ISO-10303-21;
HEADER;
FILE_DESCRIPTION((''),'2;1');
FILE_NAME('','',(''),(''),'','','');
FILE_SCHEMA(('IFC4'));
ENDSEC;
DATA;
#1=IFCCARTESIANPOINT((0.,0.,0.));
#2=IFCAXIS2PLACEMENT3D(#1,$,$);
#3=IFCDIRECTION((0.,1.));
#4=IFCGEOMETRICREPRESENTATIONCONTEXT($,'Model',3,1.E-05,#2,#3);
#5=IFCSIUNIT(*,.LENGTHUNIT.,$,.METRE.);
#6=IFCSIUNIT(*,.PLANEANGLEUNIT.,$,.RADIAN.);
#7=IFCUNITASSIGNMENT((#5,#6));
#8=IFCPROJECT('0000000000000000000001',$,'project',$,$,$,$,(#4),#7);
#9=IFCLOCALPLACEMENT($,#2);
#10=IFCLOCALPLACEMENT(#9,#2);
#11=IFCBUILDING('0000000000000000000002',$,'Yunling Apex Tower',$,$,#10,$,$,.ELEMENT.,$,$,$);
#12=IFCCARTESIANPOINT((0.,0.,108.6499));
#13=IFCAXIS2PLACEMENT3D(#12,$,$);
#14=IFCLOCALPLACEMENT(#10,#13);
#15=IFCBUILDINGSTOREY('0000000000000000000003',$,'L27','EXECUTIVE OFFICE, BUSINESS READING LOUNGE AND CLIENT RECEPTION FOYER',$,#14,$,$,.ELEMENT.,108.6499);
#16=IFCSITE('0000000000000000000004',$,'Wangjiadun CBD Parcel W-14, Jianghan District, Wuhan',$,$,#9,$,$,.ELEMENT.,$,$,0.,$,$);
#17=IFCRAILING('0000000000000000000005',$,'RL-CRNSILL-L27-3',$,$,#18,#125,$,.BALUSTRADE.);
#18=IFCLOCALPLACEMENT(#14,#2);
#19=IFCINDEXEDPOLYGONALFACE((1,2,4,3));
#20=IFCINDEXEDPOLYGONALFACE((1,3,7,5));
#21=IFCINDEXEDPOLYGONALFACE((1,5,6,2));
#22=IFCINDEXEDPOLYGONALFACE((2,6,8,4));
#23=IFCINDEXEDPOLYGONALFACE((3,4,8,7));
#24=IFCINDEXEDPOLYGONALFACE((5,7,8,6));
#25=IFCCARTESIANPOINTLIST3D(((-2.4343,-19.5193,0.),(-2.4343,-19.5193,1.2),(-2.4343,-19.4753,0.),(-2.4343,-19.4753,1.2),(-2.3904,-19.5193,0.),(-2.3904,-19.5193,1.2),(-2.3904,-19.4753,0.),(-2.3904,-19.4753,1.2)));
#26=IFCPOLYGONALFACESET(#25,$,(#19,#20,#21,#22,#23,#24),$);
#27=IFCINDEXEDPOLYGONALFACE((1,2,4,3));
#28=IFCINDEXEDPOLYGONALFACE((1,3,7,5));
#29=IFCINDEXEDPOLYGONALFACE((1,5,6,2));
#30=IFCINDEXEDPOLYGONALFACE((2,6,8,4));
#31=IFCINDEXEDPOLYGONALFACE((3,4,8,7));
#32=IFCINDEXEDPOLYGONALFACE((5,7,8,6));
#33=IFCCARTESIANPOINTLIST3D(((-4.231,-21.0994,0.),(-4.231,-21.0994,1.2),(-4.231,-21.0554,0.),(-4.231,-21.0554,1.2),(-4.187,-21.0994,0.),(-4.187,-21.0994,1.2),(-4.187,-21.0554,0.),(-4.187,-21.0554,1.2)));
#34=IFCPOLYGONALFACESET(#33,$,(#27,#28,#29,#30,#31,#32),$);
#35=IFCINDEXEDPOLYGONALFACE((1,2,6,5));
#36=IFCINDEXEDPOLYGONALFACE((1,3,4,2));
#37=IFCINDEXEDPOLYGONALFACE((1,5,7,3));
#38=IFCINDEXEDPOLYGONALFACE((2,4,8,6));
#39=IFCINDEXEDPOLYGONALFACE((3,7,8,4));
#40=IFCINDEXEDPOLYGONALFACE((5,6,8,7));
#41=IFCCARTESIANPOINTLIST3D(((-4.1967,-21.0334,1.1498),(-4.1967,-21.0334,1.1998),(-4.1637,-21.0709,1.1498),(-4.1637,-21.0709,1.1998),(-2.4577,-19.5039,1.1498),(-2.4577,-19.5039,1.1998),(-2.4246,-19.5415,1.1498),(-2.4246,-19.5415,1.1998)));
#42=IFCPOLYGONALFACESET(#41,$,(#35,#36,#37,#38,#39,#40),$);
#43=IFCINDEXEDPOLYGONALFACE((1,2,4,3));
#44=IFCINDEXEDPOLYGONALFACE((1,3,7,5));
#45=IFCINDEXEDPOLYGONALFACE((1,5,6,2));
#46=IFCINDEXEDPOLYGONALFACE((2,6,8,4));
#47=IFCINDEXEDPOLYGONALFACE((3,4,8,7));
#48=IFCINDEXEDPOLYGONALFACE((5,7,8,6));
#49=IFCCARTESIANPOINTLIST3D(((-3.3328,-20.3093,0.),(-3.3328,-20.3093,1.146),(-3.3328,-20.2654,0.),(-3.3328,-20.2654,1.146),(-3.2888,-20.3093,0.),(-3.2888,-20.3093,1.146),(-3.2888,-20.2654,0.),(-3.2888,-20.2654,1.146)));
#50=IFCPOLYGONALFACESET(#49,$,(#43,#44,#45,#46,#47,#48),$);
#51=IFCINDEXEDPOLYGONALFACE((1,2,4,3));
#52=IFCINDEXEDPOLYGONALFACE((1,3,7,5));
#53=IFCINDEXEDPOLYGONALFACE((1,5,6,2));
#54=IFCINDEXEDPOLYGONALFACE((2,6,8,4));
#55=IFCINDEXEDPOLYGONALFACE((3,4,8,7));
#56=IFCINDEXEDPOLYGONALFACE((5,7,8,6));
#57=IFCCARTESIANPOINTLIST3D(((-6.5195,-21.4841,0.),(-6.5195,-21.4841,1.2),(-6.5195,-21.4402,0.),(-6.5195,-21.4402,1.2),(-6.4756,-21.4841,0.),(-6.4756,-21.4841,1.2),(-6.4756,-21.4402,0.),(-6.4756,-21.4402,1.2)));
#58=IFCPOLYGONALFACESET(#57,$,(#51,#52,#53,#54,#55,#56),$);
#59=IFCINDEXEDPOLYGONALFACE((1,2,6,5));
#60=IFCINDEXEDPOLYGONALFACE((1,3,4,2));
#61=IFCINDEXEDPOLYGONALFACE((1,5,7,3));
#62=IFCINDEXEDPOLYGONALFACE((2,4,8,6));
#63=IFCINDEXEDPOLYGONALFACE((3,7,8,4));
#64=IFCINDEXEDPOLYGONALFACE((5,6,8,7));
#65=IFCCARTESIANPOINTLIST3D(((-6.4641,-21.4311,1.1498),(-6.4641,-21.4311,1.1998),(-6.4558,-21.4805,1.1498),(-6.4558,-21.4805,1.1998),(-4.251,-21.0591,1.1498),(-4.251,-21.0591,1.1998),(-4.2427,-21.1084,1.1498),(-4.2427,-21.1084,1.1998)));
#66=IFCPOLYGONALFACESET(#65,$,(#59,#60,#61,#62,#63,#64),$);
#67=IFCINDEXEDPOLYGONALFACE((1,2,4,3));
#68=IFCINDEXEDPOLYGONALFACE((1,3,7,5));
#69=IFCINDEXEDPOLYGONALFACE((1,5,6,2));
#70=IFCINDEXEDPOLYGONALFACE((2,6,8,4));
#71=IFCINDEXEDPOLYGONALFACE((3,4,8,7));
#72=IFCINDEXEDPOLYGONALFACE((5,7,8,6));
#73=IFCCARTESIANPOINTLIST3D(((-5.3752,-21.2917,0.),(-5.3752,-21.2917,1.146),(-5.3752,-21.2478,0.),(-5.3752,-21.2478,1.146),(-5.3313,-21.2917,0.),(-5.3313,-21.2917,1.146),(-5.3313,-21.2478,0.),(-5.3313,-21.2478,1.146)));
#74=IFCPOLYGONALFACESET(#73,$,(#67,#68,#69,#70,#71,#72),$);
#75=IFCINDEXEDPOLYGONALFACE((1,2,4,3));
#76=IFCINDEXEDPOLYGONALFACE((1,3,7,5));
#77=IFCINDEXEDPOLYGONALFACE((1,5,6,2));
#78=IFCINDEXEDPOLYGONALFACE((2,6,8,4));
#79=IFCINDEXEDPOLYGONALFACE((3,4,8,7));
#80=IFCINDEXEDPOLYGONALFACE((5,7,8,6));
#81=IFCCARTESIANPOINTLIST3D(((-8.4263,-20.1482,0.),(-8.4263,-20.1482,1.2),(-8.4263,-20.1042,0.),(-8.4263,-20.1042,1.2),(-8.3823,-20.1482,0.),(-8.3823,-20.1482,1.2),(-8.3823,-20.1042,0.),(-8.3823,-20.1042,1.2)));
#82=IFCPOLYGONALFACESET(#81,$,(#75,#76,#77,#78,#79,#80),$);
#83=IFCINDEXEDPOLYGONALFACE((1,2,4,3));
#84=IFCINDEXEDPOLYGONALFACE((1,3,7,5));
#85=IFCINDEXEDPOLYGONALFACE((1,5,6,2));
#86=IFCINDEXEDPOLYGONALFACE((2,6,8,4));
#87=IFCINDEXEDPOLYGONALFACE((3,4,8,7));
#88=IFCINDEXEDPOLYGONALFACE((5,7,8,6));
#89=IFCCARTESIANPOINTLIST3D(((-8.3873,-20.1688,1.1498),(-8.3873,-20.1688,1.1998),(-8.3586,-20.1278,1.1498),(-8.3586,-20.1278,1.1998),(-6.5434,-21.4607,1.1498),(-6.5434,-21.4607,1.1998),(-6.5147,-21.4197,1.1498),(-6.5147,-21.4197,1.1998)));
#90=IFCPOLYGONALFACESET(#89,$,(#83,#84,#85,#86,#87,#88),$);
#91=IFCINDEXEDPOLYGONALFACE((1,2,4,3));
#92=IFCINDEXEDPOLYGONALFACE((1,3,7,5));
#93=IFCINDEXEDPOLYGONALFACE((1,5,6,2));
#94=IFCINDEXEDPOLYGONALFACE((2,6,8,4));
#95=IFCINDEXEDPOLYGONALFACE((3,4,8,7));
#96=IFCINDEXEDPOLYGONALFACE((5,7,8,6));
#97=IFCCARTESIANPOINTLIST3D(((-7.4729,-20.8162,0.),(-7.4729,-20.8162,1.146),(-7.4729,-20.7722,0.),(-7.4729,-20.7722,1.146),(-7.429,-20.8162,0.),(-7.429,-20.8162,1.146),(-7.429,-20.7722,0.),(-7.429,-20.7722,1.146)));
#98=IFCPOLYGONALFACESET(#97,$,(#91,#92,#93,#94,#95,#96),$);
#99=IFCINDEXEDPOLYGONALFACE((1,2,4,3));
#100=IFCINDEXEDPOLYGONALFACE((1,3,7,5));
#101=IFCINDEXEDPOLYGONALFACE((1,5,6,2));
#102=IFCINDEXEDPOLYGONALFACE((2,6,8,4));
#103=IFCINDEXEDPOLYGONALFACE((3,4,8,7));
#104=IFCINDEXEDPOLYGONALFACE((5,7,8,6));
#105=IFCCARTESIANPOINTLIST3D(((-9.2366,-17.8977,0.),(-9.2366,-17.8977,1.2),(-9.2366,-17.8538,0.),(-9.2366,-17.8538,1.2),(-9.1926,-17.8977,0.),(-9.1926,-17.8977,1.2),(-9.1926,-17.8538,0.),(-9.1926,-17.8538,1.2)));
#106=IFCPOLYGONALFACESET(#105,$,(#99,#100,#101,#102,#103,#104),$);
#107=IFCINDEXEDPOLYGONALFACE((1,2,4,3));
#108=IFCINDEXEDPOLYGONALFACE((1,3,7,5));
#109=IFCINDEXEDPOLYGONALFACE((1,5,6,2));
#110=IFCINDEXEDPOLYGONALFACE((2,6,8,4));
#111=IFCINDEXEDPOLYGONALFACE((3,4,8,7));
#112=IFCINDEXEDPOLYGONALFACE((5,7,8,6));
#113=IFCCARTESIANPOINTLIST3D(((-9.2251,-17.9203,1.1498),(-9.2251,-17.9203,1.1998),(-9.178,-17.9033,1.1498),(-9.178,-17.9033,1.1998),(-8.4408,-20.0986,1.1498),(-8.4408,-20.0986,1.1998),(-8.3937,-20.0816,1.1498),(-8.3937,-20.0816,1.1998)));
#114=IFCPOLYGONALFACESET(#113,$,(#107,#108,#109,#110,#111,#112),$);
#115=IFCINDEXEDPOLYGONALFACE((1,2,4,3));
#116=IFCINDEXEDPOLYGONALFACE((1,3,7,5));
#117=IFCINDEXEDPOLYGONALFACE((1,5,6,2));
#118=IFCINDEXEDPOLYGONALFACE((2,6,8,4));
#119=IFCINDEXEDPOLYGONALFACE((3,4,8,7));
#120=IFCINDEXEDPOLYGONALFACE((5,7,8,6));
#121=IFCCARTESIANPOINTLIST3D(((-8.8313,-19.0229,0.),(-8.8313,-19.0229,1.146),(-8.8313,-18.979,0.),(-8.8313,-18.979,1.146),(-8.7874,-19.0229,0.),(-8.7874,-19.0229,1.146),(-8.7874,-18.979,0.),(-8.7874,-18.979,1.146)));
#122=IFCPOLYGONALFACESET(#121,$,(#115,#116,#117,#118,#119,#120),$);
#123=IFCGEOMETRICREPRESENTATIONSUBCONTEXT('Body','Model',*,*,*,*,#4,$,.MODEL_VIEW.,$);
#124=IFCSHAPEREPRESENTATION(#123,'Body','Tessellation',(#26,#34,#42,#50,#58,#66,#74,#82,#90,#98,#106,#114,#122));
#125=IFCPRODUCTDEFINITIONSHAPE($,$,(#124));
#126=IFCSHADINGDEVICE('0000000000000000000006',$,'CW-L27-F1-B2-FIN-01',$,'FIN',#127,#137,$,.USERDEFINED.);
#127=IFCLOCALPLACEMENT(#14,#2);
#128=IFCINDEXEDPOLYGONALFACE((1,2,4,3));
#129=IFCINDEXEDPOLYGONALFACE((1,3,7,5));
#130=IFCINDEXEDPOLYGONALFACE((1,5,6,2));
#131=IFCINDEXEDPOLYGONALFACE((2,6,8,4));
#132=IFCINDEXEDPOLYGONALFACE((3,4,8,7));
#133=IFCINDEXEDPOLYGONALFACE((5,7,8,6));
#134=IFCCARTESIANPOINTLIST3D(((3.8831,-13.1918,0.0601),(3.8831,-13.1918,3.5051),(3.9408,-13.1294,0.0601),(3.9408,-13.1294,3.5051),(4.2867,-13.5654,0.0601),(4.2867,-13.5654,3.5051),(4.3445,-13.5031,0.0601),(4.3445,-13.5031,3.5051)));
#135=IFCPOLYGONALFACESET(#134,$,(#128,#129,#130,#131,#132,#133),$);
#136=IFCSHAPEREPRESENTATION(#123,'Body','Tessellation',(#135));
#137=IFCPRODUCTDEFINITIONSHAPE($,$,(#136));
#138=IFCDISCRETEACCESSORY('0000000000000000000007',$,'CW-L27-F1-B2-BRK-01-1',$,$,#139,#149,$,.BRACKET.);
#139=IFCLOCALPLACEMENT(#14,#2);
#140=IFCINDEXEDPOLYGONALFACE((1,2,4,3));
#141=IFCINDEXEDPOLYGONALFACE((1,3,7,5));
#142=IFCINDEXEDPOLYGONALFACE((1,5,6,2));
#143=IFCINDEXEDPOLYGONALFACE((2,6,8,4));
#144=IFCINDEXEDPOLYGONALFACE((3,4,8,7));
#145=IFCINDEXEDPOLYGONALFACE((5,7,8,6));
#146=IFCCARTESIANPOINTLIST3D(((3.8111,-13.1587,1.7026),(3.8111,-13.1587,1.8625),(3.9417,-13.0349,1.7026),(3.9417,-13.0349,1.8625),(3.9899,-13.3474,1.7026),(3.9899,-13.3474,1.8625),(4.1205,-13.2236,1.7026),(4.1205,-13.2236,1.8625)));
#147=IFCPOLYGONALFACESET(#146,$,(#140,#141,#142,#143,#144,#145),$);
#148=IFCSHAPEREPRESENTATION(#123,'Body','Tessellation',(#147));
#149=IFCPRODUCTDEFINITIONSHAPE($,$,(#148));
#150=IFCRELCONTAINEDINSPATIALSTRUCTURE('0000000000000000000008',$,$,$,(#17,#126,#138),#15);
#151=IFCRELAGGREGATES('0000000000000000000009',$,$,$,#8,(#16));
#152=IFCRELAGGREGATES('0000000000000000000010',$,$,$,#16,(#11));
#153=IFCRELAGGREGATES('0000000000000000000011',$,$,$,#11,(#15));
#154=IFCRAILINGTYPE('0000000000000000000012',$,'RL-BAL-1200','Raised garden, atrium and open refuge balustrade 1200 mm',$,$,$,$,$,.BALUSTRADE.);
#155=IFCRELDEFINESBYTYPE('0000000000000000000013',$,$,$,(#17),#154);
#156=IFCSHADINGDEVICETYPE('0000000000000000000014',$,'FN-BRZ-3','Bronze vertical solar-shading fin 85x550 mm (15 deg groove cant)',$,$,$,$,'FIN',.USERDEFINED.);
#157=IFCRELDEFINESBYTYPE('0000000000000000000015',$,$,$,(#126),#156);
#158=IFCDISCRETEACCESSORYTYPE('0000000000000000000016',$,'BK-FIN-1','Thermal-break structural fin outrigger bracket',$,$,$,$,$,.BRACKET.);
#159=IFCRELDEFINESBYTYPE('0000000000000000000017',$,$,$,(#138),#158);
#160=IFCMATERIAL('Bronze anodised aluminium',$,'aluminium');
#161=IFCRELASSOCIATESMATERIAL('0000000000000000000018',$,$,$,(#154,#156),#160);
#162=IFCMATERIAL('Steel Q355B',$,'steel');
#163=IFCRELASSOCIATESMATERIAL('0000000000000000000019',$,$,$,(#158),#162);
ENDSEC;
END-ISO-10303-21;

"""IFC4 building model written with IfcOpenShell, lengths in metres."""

from ifc_helpers import new_model, si_unit, direction, frame, origin, origin_2d, place, context, subcontext, project, spatial, rectangle, extrude, source, transform, mapped, material, material_profile, profile_set, type_object, element, save


model = new_model("IFC4")

# Units and contexts
model_context = context("Model", 3, precision=1e-05, world=origin(), true_north=direction((0.0, 1.0)))
body_context = subcontext(model_context, "Body", "Model", "MODEL_VIEW")
ifc_project = project(units=[si_unit("LENGTHUNIT", "METRE"), si_unit("PLANEANGLEUNIT", "RADIAN")], contexts=[model_context])

# Site, building, storey
site_placement = place(None, origin())
site = spatial("IfcSite", under=ifc_project, at=site_placement, Name="Wangjiadun CBD Parcel W-14, Jianghan District, Wuhan", CompositionType="ELEMENT", RefElevation=0.0)
building_placement = place(site_placement, origin())
building = spatial("IfcBuilding", under=site, at=building_placement, Name="Yunling Apex Tower", CompositionType="ELEMENT")
storey_placement = place(building_placement, frame((0.0, 0.0, 108.6499)))
storey = spatial("IfcBuildingStorey", under=building, at=storey_placement, Name="L27", Description="EXECUTIVE OFFICE, BUSINESS READING LOUNGE AND CLIENT RECEPTION FOYER", CompositionType="ELEMENT", Elevation=108.6499)

# Shared definitions
ifc_material_1 = material(Name="Steel Q355B", Category="steel")

# Shared definitions
ifc_material_2 = material(Name="Bronze anodised aluminium", Category="aluminium")

# Railing
railing_type = type_object("IfcRailingType", Name="RL-BAL-1200", Description="Raised garden, atrium and open refuge balustrade 1200 mm", PredefinedType="BALUSTRADE", material=ifc_material_2)
railing_placement = place(storey_placement, frame((-2.4124, -19.4973, 0.0)))
element("IfcRailing", 1, at=railing_placement, inside=storey, type_object=railing_type, Name="RL-CRNSILL-L27-3", PredefinedType="BALUSTRADE", context=body_context, shape_type="SweptSolid", body=[
    extrude(rectangle(XDim=0.0439, YDim=0.0439, at=origin_2d()), origin(), (0.0, 0.0, 1.0), 1.2),
    extrude(rectangle(XDim=0.0439, YDim=0.0439, at=origin_2d()), frame((-1.7966, -1.5801, 0.0)), (0.0, 0.0, 1.0), 1.2),
    extrude(rectangle(XDim=0.05, YDim=0.05, at=origin_2d()), frame((-0.0288, -0.0254, 1.1748), z_axis=(-0.750912, -0.660402, 0.0), x_axis=(0.660402, -0.750912, 0.0)), (0.0, 0.0, 1.0), 2.3159),
    extrude(rectangle(XDim=0.0439, YDim=0.0439, at=origin_2d()), frame((-0.8984, -0.79, 0.0)), (0.0, 0.0, 1.0), 1.146),
    extrude(rectangle(XDim=0.0439, YDim=0.0439, at=origin_2d()), frame((-4.0852, -1.9648, 0.0)), (0.0, 0.0, 1.0), 1.2),
    extrude(rectangle(XDim=0.05, YDim=0.05, at=origin_2d()), frame((-1.8345, -1.5864, 1.1748), z_axis=(-0.98616, -0.165798, 0.0), x_axis=(0.165798, -0.98616, 0.0)), (0.0, 0.0, 1.0), 2.2441),
    extrude(rectangle(XDim=0.0439, YDim=0.0439, at=origin_2d()), frame((-2.9409, -1.7725, 0.0)), (0.0, 0.0, 1.0), 1.146),
    extrude(rectangle(XDim=0.0439, YDim=0.0439, at=origin_2d()), frame((-5.9919, -0.6289, 0.0)), (0.0, 0.0, 1.0), 1.2),
    extrude(rectangle(XDim=0.05, YDim=0.05, at=origin_2d()), frame((-4.1167, -1.9429, 1.1748), z_axis=(-0.818986, 0.573814, 0.0), x_axis=(-0.573814, -0.818986, 0.0)), (0.0, 0.0, 1.0), 2.2515),
    extrude(rectangle(XDim=0.0439, YDim=0.0439, at=origin_2d()), frame((-5.0386, -1.2969, 0.0)), (0.0, 0.0, 1.0), 1.146),
    extrude(rectangle(XDim=0.0439, YDim=0.0439, at=origin_2d()), frame((-6.8022, 1.6216, 0.0)), (0.0, 0.0, 1.0), 1.2),
    extrude(rectangle(XDim=0.05, YDim=0.05, at=origin_2d()), frame((-6.0049, -0.5928, 1.1748), z_axis=(-0.338766, 0.94087, 0.0), x_axis=(-0.94087, -0.338766, 0.0)), (0.0, 0.0, 1.0), 2.3152),
    extrude(rectangle(XDim=0.0439, YDim=0.0439, at=origin_2d()), frame((-6.397, 0.4963, 0.0)), (0.0, 0.0, 1.0), 1.146),
])

# Shading device
ifc_material_profile_1 = material_profile(ifc_material_2, rectangle(XDim=0.085, YDim=0.55, at=origin_2d()))
ifc_profile_set_1 = profile_set([ifc_material_profile_1], Name="Bronze anodised aluminium")
shading_device_type = type_object("IfcShadingDeviceType", Name="FN-BRZ-3", Description="Bronze vertical solar-shading fin 85x550 mm (15 deg groove cant)", ElementType="FIN", PredefinedType="USERDEFINED", material=ifc_profile_set_1)
shared_shape_1 = source(origin(), body_context, "Body", "SweptSolid", [
    extrude(rectangle(XDim=0.085, YDim=0.55, at=origin_2d()), origin(), (0.0, 0.0, 1.0), 3.4451),
])
shading_device_placement = place(storey_placement, frame((4.1138, -13.3474, 0.0601), z_axis=(0.0, 0.0, 1.0), x_axis=(0.679313, 0.733848, 0.0)))
element("IfcShadingDevice", 2, at=shading_device_placement, inside=storey, type_object=shading_device_type, Name="CW-L27-F1-B2-FIN-01", ObjectType="FIN", PredefinedType="USERDEFINED", context=body_context, shape_type="MappedRepresentation", body=[
    mapped(shared_shape_1, transform((0.0, 0.0, 0.0), scale=1.0)),
])

# Discrete accessory
discrete_accessory_type = type_object("IfcDiscreteAccessoryType", Name="BK-FIN-1", Description="Thermal-break structural fin outrigger bracket", PredefinedType="BRACKET", material=ifc_material_1)
shared_shape_2 = source(origin(), body_context, "Body", "SweptSolid", [
    extrude(rectangle(XDim=0.1799, YDim=0.26, at=origin_2d()), origin(), (0.0, 0.0, 1.0), 0.1599),
])
discrete_accessory_placement = place(storey_placement, frame((3.9658, -13.1912, 1.7026), z_axis=(0.0, 0.0, 1.0), x_axis=(0.725855, 0.687848, 0.0)))
element("IfcDiscreteAccessory", 3, at=discrete_accessory_placement, inside=storey, type_object=discrete_accessory_type, Name="CW-L27-F1-B2-BRK-01-1", PredefinedType="BRACKET", context=body_context, shape_type="MappedRepresentation", body=[
    mapped(shared_shape_2, transform((0.0, 0.0, 0.0), scale=1.0)),
])

save(model, "model.ifc")
